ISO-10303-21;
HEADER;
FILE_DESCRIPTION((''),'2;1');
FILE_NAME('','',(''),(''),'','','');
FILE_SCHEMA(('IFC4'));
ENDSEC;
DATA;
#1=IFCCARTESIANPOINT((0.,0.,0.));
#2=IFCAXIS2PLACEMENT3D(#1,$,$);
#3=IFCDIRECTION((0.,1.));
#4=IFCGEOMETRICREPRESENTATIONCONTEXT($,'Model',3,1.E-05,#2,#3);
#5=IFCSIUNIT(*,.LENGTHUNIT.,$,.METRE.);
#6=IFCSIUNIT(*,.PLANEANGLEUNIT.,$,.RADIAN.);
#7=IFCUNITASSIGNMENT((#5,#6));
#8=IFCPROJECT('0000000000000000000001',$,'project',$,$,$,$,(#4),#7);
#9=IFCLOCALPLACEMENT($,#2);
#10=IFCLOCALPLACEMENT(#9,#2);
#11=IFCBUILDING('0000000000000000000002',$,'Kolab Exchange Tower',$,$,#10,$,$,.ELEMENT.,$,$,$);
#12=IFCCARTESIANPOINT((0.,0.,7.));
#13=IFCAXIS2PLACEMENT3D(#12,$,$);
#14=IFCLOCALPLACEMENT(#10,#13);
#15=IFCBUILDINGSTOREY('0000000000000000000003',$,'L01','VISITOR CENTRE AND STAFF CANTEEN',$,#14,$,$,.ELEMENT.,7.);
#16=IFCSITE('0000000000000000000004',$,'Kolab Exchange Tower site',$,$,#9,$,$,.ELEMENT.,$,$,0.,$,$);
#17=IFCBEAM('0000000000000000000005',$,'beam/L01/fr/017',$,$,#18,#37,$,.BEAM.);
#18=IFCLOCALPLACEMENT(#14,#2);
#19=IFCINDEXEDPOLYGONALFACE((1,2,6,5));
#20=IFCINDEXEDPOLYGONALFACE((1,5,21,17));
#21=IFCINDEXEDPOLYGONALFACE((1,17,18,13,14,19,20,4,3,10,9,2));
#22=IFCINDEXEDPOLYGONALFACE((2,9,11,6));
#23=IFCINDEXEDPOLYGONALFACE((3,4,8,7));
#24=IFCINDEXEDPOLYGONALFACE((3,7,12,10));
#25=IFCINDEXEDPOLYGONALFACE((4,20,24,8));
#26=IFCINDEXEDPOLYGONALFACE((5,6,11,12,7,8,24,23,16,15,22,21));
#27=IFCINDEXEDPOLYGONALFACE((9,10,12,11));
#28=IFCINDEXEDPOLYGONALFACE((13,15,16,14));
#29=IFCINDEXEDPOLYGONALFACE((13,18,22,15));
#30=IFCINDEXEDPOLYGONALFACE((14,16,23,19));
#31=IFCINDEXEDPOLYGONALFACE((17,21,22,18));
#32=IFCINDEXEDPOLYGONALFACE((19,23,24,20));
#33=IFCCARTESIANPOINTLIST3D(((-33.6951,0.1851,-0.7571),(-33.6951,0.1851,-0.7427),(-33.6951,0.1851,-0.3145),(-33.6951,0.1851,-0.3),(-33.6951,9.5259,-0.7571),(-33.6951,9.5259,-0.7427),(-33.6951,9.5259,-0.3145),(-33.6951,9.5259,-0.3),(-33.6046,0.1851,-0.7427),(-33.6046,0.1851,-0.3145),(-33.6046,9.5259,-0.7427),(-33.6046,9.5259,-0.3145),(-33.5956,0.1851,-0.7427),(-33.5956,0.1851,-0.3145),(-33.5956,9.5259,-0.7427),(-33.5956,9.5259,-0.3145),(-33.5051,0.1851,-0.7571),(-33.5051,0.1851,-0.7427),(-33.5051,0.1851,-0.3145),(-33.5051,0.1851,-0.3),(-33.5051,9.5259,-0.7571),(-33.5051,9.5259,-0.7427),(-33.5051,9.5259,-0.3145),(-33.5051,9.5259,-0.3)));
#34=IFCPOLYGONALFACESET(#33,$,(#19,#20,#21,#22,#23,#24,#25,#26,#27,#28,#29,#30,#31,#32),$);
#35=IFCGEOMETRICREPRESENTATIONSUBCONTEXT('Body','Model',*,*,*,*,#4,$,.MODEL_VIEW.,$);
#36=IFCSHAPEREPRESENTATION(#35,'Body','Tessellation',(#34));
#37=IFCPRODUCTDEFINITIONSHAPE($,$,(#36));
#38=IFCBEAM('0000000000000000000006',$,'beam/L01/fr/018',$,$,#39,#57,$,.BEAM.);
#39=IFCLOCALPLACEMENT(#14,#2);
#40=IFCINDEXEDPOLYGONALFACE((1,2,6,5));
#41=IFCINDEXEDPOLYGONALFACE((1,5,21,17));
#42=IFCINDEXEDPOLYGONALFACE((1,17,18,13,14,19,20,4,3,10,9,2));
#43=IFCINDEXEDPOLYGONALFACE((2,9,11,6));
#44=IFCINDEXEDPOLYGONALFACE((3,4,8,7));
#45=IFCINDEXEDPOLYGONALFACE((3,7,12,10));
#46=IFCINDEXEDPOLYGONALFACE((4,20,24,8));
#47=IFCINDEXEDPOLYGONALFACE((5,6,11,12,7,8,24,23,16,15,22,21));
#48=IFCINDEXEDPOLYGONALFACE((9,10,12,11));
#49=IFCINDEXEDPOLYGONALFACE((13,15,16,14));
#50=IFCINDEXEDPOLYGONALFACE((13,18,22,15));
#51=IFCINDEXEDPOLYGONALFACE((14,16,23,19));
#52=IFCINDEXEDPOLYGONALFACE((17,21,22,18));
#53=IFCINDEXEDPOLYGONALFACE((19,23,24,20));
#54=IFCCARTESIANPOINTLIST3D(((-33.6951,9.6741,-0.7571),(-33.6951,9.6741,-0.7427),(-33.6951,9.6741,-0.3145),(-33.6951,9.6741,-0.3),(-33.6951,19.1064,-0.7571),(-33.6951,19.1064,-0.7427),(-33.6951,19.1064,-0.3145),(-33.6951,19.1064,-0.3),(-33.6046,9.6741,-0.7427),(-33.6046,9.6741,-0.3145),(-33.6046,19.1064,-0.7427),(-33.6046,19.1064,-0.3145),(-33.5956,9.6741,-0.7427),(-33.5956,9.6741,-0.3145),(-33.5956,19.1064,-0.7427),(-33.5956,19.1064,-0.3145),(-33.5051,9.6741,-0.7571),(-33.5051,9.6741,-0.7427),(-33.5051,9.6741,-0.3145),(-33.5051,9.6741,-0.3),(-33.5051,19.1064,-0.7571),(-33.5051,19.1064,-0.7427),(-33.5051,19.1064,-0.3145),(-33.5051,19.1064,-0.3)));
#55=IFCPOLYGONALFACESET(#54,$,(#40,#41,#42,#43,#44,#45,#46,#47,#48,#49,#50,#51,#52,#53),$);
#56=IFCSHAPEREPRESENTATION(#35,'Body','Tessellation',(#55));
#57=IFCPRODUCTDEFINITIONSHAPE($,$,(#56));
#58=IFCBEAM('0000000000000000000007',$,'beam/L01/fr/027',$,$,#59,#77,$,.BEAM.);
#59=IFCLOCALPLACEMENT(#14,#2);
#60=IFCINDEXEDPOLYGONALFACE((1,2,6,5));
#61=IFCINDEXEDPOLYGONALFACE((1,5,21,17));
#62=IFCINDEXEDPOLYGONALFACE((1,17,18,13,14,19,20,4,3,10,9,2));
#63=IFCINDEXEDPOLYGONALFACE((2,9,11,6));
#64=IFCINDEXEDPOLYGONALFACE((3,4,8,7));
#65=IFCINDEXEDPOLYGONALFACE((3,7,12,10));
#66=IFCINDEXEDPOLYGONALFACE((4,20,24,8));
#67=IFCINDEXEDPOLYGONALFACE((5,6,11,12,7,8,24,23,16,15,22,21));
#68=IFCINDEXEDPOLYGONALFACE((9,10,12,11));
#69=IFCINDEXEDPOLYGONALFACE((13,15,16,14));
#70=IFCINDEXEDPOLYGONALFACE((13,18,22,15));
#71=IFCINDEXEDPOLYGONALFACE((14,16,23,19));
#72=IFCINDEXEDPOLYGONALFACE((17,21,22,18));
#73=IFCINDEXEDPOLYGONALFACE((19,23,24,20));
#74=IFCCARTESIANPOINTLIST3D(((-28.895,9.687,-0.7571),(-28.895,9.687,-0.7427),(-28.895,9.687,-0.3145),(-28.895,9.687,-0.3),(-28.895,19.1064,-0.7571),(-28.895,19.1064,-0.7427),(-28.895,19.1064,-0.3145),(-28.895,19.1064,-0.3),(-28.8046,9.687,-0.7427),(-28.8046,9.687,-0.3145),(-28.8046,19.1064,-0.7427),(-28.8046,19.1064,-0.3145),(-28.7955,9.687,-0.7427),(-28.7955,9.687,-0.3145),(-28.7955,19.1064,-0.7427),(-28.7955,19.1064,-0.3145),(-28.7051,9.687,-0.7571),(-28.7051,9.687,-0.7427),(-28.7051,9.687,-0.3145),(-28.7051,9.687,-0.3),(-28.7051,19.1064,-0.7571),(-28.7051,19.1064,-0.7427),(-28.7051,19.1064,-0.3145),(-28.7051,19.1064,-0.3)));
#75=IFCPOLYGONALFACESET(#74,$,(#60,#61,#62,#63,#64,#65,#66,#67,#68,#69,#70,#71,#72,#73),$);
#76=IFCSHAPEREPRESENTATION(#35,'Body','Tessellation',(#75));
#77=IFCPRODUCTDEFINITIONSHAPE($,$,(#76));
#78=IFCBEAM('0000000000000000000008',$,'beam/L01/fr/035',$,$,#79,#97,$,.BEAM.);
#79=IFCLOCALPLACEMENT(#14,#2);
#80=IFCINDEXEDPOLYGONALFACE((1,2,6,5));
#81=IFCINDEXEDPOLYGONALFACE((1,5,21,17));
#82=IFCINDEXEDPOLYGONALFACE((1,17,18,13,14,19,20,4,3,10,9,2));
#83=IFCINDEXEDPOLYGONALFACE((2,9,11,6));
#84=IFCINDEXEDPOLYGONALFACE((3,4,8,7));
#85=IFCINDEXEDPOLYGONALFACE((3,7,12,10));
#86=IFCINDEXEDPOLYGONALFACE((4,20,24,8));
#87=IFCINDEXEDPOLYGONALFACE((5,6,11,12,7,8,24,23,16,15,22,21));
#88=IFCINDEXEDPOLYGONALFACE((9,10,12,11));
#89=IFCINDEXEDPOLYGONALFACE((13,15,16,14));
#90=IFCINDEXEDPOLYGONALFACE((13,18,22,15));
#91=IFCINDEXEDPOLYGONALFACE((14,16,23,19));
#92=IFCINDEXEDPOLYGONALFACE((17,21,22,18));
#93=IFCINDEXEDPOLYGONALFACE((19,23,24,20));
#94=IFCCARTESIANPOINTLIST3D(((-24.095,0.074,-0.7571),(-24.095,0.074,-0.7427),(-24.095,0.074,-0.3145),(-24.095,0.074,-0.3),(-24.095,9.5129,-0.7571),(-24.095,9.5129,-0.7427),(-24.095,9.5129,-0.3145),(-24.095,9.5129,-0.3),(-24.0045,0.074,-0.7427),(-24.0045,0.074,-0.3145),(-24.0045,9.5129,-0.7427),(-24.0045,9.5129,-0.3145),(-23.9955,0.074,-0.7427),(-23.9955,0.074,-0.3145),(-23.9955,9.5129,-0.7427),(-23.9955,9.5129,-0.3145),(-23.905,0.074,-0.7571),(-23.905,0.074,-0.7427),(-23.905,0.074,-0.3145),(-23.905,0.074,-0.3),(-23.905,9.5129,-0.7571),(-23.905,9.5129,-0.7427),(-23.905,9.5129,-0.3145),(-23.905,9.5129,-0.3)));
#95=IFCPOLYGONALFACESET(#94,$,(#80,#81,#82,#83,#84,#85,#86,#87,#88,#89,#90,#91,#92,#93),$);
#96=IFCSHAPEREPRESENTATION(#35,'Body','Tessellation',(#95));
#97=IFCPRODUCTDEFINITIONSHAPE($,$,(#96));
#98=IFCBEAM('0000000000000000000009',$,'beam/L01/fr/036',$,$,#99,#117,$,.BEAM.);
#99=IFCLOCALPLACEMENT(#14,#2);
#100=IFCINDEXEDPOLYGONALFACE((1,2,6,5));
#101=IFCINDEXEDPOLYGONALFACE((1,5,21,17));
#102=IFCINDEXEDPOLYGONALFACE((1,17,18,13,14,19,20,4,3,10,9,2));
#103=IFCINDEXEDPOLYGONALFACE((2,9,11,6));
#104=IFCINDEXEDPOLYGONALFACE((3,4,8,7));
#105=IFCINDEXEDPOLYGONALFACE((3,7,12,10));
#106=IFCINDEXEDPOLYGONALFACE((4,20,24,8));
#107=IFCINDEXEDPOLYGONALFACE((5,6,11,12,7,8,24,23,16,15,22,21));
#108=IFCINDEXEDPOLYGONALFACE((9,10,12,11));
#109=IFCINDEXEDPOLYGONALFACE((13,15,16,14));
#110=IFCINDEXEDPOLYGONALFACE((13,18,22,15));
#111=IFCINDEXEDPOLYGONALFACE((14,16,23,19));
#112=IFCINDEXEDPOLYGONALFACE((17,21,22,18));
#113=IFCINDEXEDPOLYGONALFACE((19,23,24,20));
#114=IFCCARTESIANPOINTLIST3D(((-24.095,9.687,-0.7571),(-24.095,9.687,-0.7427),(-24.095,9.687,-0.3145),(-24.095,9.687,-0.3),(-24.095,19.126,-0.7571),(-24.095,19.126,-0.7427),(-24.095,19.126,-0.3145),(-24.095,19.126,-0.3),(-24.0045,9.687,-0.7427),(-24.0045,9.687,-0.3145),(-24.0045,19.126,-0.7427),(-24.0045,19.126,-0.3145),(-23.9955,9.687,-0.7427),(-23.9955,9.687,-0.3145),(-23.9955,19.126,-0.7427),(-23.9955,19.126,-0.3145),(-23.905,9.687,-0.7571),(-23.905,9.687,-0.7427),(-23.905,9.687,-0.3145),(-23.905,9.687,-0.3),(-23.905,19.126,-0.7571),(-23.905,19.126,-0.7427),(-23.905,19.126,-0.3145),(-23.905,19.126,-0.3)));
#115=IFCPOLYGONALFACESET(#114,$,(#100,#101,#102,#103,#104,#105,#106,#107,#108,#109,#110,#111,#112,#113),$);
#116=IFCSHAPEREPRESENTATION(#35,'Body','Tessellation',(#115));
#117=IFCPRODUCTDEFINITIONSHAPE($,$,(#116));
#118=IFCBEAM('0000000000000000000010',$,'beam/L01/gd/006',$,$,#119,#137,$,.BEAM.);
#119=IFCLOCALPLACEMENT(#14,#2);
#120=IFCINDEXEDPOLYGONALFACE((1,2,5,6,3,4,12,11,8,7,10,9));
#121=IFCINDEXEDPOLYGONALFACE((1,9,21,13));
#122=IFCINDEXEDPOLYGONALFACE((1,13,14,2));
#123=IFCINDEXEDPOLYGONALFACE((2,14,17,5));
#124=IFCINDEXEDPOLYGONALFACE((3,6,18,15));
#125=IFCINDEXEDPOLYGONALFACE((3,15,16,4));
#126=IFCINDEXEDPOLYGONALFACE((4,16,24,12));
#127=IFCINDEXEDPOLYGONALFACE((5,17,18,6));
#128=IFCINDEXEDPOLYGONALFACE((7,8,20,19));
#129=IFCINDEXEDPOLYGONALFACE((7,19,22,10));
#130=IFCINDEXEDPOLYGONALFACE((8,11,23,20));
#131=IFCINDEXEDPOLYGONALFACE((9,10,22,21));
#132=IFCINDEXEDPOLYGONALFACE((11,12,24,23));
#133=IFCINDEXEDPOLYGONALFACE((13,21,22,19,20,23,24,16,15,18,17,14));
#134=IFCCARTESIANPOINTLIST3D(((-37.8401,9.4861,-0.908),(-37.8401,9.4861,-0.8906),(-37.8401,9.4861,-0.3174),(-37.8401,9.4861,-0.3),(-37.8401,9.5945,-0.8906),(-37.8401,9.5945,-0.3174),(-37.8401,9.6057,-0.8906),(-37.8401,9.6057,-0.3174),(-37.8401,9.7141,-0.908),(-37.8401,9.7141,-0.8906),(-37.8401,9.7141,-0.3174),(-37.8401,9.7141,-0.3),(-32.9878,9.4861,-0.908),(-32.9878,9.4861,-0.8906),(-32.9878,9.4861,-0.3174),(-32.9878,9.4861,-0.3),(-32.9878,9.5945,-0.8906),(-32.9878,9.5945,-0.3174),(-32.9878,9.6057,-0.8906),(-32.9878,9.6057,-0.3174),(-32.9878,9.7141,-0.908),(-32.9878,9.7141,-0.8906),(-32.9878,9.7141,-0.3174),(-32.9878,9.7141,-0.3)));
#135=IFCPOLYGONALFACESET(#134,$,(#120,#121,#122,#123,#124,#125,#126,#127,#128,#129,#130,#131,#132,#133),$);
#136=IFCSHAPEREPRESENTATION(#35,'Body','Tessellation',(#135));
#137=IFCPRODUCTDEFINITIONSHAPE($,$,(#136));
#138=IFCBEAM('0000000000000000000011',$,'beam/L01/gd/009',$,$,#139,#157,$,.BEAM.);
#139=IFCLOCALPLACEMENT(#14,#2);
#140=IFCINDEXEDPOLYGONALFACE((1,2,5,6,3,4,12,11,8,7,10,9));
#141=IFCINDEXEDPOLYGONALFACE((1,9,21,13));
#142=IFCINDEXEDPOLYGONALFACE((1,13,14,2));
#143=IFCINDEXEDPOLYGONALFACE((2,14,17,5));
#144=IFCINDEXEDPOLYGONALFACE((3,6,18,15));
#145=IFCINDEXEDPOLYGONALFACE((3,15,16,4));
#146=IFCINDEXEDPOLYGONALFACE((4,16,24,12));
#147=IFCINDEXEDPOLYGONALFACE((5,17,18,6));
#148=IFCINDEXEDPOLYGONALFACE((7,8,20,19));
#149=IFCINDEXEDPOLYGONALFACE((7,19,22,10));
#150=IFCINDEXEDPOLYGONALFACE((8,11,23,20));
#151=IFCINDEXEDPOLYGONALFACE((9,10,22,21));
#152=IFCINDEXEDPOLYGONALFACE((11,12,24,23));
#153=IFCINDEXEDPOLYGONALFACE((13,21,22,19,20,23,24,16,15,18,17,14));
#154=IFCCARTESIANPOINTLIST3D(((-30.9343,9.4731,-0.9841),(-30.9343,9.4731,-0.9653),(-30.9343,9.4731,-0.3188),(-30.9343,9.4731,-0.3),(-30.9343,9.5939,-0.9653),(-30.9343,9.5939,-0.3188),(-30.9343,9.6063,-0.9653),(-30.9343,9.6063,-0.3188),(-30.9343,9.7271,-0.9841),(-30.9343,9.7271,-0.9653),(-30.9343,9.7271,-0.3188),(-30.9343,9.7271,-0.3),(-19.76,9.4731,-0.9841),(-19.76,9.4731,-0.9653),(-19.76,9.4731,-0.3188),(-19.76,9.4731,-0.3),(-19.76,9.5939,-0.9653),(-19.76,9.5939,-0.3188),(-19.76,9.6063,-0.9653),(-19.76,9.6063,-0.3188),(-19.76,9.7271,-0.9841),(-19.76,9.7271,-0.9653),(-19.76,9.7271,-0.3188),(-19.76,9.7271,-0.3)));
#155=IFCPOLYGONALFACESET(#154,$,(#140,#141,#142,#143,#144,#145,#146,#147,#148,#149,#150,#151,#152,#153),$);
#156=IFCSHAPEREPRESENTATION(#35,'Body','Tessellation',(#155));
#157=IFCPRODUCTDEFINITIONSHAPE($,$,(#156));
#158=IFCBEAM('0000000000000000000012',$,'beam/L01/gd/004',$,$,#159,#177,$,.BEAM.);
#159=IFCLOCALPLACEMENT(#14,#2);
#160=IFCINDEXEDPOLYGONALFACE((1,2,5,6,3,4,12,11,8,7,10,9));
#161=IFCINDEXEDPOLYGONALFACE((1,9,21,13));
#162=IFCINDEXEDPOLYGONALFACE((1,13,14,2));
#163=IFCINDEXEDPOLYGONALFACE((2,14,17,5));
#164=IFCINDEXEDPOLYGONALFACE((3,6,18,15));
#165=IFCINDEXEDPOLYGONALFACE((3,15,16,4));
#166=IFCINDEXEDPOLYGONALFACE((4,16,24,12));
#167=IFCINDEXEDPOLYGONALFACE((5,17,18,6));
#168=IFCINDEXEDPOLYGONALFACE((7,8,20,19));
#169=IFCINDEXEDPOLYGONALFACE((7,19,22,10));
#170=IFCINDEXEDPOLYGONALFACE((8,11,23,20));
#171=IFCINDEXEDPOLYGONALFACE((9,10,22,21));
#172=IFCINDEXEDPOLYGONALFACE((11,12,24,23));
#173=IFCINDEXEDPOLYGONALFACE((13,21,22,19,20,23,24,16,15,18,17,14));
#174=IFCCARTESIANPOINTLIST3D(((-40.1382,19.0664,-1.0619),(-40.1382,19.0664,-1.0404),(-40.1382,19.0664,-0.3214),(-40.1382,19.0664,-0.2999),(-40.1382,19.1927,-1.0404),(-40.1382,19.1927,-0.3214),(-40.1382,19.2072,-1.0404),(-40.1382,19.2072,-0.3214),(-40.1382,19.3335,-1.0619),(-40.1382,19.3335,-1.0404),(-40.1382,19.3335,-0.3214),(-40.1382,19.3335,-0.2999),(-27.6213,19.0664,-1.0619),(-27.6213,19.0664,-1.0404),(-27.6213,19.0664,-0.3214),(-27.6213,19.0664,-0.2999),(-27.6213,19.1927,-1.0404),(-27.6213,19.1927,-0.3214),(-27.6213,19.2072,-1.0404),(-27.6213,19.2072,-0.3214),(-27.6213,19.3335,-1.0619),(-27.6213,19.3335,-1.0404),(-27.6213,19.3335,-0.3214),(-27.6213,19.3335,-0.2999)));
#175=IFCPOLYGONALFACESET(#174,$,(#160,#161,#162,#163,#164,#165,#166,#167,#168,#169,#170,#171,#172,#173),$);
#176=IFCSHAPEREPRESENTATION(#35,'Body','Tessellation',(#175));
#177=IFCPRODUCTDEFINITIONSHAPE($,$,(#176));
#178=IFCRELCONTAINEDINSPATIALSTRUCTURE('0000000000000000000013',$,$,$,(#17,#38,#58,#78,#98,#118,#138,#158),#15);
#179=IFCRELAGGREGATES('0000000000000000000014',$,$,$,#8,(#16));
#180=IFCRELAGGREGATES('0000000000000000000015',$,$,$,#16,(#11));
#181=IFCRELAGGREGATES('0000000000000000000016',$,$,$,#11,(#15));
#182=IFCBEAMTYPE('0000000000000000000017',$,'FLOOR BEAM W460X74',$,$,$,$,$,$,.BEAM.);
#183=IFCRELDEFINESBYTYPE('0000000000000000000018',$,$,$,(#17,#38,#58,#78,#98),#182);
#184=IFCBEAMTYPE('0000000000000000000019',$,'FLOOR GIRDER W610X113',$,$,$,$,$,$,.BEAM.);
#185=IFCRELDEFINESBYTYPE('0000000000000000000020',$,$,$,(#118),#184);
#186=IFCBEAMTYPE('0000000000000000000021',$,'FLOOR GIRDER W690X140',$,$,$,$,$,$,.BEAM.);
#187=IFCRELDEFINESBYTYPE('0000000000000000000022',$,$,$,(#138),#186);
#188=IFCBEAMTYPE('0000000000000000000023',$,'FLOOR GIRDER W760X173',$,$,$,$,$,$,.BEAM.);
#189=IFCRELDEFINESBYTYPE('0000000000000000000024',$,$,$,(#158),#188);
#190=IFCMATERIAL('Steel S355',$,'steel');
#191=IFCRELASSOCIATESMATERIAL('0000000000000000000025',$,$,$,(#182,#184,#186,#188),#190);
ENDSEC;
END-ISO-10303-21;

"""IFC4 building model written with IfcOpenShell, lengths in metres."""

from ifc_helpers import new_model, si_unit, direction, frame, origin, origin_2d, place, context, subcontext, project, spatial, i_section, extrude, material, material_profile, profile_set, type_object, element, save


model = new_model("IFC4")

# Units and contexts
model_context = context("Model", 3, precision=1e-05, world=origin(), true_north=direction((0.0, 1.0)))
body_context = subcontext(model_context, "Body", "Model", "MODEL_VIEW")
ifc_project = project(units=[si_unit("LENGTHUNIT", "METRE"), si_unit("PLANEANGLEUNIT", "RADIAN")], contexts=[model_context])

# Site, building, storey
site_placement = place(None, origin())
site = spatial("IfcSite", under=ifc_project, at=site_placement, Name="Kolab Exchange Tower site", CompositionType="ELEMENT", RefElevation=0.0)
building_placement = place(site_placement, origin())
building = spatial("IfcBuilding", under=site, at=building_placement, Name="Kolab Exchange Tower", CompositionType="ELEMENT")
storey_placement = place(building_placement, frame((0.0, 0.0, 7.0)))
storey = spatial("IfcBuildingStorey", under=building, at=storey_placement, Name="L01", Description="VISITOR CENTRE AND STAFF CANTEEN", CompositionType="ELEMENT", Elevation=7.0)

# Beams
ifc_material_1 = material(Name="Steel S355", Category="steel")
ifc_material_profile_1 = material_profile(ifc_material_1, i_section(OverallWidth=0.1899, OverallDepth=0.457, WebThickness=0.009, FlangeThickness=0.0144, at=origin_2d()), Name="W460X74")
ifc_profile_set_1 = profile_set([ifc_material_profile_1], Name="Steel S355")
beam_type_1 = type_object("IfcBeamType", Name="FLOOR BEAM W460X74", PredefinedType="BEAM", material=ifc_profile_set_1)
beam_1_placement = place(storey_placement, frame((-33.6001, 0.1851, -0.5286), z_axis=(0.0, 1.0, 0.0), x_axis=(-1.0, 0.0, 0.0)))
element("IfcBeam", 1, at=beam_1_placement, inside=storey, type_object=beam_type_1, Name="beam/L01/fr/017", PredefinedType="BEAM", context=body_context, shape_type="SweptSolid", body=[
    extrude(i_section(OverallWidth=0.1899, OverallDepth=0.457, WebThickness=0.009, FlangeThickness=0.0144, at=origin_2d()), origin(), (0.0, 0.0, 1.0), 9.3408),
])
beam_2_placement = place(storey_placement, frame((-33.6001, 9.6741, -0.5286), z_axis=(0.0, 1.0, 0.0), x_axis=(-1.0, 0.0, 0.0)))
element("IfcBeam", 2, at=beam_2_placement, inside=storey, type_object=beam_type_1, Name="beam/L01/fr/018", PredefinedType="BEAM", context=body_context, shape_type="SweptSolid", body=[
    extrude(i_section(OverallWidth=0.1899, OverallDepth=0.457, WebThickness=0.009, FlangeThickness=0.0144, at=origin_2d()), origin(), (0.0, 0.0, 1.0), 9.4324),
])
beam_3_placement = place(storey_placement, frame((-28.8, 9.687, -0.5286), z_axis=(0.0, 1.0, 0.0), x_axis=(-1.0, 0.0, 0.0)))
element("IfcBeam", 3, at=beam_3_placement, inside=storey, type_object=beam_type_1, Name="beam/L01/fr/027", PredefinedType="BEAM", context=body_context, shape_type="SweptSolid", body=[
    extrude(i_section(OverallWidth=0.1899, OverallDepth=0.457, WebThickness=0.009, FlangeThickness=0.0144, at=origin_2d()), origin(), (0.0, 0.0, 1.0), 9.4194),
])
for number, where, z_axis, x_axis, name in (
    (4, (-24.0, 0.074, -0.5286), (0.0, 1.0, 0.0), (-1.0, 0.0, 0.0), "beam/L01/fr/035"),
    (5, (-24.0, 9.687, -0.5286), (0.0, 1.0, 0.0), (-1.0, 0.0, 0.0), "beam/L01/fr/036"),
):
    element("IfcBeam", number, at=place(storey_placement, frame(where, z_axis=z_axis, x_axis=x_axis)), inside=storey, type_object=beam_type_1, Name=name, PredefinedType="BEAM", context=body_context, shape_type="SweptSolid", body=[
        extrude(i_section(OverallWidth=0.1899, OverallDepth=0.457, WebThickness=0.009, FlangeThickness=0.0144, at=origin_2d()), origin(), (0.0, 0.0, 1.0), 9.439),
    ])
ifc_material_profile_2 = material_profile(ifc_material_1, i_section(OverallWidth=0.228, OverallDepth=0.6079, WebThickness=0.0112, FlangeThickness=0.0173, at=origin_2d()), Name="W610X113")
ifc_profile_set_2 = profile_set([ifc_material_profile_2], Name="Steel S355")
beam_type_2 = type_object("IfcBeamType", Name="FLOOR GIRDER W610X113", PredefinedType="BEAM", material=ifc_profile_set_2)
beam_4_placement = place(storey_placement, frame((-37.8401, 9.6001, -0.604), z_axis=(1.0, 0.0, 0.0), x_axis=(0.0, 1.0, 0.0)))
element("IfcBeam", 6, at=beam_4_placement, inside=storey, type_object=beam_type_2, Name="beam/L01/gd/006", PredefinedType="BEAM", context=body_context, shape_type="SweptSolid", body=[
    extrude(i_section(OverallWidth=0.228, OverallDepth=0.6079, WebThickness=0.0112, FlangeThickness=0.0173, at=origin_2d()), origin(), (0.0, 0.0, 1.0), 4.8523),
])
ifc_material_profile_3 = material_profile(ifc_material_1, i_section(OverallWidth=0.2539, OverallDepth=0.6841, WebThickness=0.0125, FlangeThickness=0.0188, at=origin_2d()), Name="W690X140")
ifc_profile_set_3 = profile_set([ifc_material_profile_3], Name="Steel S355")
beam_type_3 = type_object("IfcBeamType", Name="FLOOR GIRDER W690X140", PredefinedType="BEAM", material=ifc_profile_set_3)
beam_5_placement = place(storey_placement, frame((-30.9343, 9.6001, -0.6421), z_axis=(1.0, 0.0, 0.0), x_axis=(0.0, 1.0, 0.0)))
element("IfcBeam", 7, at=beam_5_placement, inside=storey, type_object=beam_type_3, Name="beam/L01/gd/009", PredefinedType="BEAM", context=body_context, shape_type="SweptSolid", body=[
    extrude(i_section(OverallWidth=0.2539, OverallDepth=0.6841, WebThickness=0.0125, FlangeThickness=0.0188, at=origin_2d()), origin(), (0.0, 0.0, 1.0), 11.1743),
])
ifc_material_profile_4 = material_profile(ifc_material_1, i_section(OverallWidth=0.2671, OverallDepth=0.762, WebThickness=0.0144, FlangeThickness=0.0215, at=origin_2d()), Name="W760X173")
ifc_profile_set_4 = profile_set([ifc_material_profile_4], Name="Steel S355")
beam_type_4 = type_object("IfcBeamType", Name="FLOOR GIRDER W760X173", PredefinedType="BEAM", material=ifc_profile_set_4)
beam_6_placement = place(storey_placement, frame((-40.1382, 19.2, -0.6809), z_axis=(1.0, 0.0, 0.0), x_axis=(0.0, 1.0, 0.0)))
element("IfcBeam", 8, at=beam_6_placement, inside=storey, type_object=beam_type_4, Name="beam/L01/gd/004", PredefinedType="BEAM", context=body_context, shape_type="SweptSolid", body=[
    extrude(i_section(OverallWidth=0.2671, OverallDepth=0.762, WebThickness=0.0144, FlangeThickness=0.0215, at=origin_2d()), origin(), (0.0, 0.0, 1.0), 12.5168),
])

save(model, "model.ifc")
